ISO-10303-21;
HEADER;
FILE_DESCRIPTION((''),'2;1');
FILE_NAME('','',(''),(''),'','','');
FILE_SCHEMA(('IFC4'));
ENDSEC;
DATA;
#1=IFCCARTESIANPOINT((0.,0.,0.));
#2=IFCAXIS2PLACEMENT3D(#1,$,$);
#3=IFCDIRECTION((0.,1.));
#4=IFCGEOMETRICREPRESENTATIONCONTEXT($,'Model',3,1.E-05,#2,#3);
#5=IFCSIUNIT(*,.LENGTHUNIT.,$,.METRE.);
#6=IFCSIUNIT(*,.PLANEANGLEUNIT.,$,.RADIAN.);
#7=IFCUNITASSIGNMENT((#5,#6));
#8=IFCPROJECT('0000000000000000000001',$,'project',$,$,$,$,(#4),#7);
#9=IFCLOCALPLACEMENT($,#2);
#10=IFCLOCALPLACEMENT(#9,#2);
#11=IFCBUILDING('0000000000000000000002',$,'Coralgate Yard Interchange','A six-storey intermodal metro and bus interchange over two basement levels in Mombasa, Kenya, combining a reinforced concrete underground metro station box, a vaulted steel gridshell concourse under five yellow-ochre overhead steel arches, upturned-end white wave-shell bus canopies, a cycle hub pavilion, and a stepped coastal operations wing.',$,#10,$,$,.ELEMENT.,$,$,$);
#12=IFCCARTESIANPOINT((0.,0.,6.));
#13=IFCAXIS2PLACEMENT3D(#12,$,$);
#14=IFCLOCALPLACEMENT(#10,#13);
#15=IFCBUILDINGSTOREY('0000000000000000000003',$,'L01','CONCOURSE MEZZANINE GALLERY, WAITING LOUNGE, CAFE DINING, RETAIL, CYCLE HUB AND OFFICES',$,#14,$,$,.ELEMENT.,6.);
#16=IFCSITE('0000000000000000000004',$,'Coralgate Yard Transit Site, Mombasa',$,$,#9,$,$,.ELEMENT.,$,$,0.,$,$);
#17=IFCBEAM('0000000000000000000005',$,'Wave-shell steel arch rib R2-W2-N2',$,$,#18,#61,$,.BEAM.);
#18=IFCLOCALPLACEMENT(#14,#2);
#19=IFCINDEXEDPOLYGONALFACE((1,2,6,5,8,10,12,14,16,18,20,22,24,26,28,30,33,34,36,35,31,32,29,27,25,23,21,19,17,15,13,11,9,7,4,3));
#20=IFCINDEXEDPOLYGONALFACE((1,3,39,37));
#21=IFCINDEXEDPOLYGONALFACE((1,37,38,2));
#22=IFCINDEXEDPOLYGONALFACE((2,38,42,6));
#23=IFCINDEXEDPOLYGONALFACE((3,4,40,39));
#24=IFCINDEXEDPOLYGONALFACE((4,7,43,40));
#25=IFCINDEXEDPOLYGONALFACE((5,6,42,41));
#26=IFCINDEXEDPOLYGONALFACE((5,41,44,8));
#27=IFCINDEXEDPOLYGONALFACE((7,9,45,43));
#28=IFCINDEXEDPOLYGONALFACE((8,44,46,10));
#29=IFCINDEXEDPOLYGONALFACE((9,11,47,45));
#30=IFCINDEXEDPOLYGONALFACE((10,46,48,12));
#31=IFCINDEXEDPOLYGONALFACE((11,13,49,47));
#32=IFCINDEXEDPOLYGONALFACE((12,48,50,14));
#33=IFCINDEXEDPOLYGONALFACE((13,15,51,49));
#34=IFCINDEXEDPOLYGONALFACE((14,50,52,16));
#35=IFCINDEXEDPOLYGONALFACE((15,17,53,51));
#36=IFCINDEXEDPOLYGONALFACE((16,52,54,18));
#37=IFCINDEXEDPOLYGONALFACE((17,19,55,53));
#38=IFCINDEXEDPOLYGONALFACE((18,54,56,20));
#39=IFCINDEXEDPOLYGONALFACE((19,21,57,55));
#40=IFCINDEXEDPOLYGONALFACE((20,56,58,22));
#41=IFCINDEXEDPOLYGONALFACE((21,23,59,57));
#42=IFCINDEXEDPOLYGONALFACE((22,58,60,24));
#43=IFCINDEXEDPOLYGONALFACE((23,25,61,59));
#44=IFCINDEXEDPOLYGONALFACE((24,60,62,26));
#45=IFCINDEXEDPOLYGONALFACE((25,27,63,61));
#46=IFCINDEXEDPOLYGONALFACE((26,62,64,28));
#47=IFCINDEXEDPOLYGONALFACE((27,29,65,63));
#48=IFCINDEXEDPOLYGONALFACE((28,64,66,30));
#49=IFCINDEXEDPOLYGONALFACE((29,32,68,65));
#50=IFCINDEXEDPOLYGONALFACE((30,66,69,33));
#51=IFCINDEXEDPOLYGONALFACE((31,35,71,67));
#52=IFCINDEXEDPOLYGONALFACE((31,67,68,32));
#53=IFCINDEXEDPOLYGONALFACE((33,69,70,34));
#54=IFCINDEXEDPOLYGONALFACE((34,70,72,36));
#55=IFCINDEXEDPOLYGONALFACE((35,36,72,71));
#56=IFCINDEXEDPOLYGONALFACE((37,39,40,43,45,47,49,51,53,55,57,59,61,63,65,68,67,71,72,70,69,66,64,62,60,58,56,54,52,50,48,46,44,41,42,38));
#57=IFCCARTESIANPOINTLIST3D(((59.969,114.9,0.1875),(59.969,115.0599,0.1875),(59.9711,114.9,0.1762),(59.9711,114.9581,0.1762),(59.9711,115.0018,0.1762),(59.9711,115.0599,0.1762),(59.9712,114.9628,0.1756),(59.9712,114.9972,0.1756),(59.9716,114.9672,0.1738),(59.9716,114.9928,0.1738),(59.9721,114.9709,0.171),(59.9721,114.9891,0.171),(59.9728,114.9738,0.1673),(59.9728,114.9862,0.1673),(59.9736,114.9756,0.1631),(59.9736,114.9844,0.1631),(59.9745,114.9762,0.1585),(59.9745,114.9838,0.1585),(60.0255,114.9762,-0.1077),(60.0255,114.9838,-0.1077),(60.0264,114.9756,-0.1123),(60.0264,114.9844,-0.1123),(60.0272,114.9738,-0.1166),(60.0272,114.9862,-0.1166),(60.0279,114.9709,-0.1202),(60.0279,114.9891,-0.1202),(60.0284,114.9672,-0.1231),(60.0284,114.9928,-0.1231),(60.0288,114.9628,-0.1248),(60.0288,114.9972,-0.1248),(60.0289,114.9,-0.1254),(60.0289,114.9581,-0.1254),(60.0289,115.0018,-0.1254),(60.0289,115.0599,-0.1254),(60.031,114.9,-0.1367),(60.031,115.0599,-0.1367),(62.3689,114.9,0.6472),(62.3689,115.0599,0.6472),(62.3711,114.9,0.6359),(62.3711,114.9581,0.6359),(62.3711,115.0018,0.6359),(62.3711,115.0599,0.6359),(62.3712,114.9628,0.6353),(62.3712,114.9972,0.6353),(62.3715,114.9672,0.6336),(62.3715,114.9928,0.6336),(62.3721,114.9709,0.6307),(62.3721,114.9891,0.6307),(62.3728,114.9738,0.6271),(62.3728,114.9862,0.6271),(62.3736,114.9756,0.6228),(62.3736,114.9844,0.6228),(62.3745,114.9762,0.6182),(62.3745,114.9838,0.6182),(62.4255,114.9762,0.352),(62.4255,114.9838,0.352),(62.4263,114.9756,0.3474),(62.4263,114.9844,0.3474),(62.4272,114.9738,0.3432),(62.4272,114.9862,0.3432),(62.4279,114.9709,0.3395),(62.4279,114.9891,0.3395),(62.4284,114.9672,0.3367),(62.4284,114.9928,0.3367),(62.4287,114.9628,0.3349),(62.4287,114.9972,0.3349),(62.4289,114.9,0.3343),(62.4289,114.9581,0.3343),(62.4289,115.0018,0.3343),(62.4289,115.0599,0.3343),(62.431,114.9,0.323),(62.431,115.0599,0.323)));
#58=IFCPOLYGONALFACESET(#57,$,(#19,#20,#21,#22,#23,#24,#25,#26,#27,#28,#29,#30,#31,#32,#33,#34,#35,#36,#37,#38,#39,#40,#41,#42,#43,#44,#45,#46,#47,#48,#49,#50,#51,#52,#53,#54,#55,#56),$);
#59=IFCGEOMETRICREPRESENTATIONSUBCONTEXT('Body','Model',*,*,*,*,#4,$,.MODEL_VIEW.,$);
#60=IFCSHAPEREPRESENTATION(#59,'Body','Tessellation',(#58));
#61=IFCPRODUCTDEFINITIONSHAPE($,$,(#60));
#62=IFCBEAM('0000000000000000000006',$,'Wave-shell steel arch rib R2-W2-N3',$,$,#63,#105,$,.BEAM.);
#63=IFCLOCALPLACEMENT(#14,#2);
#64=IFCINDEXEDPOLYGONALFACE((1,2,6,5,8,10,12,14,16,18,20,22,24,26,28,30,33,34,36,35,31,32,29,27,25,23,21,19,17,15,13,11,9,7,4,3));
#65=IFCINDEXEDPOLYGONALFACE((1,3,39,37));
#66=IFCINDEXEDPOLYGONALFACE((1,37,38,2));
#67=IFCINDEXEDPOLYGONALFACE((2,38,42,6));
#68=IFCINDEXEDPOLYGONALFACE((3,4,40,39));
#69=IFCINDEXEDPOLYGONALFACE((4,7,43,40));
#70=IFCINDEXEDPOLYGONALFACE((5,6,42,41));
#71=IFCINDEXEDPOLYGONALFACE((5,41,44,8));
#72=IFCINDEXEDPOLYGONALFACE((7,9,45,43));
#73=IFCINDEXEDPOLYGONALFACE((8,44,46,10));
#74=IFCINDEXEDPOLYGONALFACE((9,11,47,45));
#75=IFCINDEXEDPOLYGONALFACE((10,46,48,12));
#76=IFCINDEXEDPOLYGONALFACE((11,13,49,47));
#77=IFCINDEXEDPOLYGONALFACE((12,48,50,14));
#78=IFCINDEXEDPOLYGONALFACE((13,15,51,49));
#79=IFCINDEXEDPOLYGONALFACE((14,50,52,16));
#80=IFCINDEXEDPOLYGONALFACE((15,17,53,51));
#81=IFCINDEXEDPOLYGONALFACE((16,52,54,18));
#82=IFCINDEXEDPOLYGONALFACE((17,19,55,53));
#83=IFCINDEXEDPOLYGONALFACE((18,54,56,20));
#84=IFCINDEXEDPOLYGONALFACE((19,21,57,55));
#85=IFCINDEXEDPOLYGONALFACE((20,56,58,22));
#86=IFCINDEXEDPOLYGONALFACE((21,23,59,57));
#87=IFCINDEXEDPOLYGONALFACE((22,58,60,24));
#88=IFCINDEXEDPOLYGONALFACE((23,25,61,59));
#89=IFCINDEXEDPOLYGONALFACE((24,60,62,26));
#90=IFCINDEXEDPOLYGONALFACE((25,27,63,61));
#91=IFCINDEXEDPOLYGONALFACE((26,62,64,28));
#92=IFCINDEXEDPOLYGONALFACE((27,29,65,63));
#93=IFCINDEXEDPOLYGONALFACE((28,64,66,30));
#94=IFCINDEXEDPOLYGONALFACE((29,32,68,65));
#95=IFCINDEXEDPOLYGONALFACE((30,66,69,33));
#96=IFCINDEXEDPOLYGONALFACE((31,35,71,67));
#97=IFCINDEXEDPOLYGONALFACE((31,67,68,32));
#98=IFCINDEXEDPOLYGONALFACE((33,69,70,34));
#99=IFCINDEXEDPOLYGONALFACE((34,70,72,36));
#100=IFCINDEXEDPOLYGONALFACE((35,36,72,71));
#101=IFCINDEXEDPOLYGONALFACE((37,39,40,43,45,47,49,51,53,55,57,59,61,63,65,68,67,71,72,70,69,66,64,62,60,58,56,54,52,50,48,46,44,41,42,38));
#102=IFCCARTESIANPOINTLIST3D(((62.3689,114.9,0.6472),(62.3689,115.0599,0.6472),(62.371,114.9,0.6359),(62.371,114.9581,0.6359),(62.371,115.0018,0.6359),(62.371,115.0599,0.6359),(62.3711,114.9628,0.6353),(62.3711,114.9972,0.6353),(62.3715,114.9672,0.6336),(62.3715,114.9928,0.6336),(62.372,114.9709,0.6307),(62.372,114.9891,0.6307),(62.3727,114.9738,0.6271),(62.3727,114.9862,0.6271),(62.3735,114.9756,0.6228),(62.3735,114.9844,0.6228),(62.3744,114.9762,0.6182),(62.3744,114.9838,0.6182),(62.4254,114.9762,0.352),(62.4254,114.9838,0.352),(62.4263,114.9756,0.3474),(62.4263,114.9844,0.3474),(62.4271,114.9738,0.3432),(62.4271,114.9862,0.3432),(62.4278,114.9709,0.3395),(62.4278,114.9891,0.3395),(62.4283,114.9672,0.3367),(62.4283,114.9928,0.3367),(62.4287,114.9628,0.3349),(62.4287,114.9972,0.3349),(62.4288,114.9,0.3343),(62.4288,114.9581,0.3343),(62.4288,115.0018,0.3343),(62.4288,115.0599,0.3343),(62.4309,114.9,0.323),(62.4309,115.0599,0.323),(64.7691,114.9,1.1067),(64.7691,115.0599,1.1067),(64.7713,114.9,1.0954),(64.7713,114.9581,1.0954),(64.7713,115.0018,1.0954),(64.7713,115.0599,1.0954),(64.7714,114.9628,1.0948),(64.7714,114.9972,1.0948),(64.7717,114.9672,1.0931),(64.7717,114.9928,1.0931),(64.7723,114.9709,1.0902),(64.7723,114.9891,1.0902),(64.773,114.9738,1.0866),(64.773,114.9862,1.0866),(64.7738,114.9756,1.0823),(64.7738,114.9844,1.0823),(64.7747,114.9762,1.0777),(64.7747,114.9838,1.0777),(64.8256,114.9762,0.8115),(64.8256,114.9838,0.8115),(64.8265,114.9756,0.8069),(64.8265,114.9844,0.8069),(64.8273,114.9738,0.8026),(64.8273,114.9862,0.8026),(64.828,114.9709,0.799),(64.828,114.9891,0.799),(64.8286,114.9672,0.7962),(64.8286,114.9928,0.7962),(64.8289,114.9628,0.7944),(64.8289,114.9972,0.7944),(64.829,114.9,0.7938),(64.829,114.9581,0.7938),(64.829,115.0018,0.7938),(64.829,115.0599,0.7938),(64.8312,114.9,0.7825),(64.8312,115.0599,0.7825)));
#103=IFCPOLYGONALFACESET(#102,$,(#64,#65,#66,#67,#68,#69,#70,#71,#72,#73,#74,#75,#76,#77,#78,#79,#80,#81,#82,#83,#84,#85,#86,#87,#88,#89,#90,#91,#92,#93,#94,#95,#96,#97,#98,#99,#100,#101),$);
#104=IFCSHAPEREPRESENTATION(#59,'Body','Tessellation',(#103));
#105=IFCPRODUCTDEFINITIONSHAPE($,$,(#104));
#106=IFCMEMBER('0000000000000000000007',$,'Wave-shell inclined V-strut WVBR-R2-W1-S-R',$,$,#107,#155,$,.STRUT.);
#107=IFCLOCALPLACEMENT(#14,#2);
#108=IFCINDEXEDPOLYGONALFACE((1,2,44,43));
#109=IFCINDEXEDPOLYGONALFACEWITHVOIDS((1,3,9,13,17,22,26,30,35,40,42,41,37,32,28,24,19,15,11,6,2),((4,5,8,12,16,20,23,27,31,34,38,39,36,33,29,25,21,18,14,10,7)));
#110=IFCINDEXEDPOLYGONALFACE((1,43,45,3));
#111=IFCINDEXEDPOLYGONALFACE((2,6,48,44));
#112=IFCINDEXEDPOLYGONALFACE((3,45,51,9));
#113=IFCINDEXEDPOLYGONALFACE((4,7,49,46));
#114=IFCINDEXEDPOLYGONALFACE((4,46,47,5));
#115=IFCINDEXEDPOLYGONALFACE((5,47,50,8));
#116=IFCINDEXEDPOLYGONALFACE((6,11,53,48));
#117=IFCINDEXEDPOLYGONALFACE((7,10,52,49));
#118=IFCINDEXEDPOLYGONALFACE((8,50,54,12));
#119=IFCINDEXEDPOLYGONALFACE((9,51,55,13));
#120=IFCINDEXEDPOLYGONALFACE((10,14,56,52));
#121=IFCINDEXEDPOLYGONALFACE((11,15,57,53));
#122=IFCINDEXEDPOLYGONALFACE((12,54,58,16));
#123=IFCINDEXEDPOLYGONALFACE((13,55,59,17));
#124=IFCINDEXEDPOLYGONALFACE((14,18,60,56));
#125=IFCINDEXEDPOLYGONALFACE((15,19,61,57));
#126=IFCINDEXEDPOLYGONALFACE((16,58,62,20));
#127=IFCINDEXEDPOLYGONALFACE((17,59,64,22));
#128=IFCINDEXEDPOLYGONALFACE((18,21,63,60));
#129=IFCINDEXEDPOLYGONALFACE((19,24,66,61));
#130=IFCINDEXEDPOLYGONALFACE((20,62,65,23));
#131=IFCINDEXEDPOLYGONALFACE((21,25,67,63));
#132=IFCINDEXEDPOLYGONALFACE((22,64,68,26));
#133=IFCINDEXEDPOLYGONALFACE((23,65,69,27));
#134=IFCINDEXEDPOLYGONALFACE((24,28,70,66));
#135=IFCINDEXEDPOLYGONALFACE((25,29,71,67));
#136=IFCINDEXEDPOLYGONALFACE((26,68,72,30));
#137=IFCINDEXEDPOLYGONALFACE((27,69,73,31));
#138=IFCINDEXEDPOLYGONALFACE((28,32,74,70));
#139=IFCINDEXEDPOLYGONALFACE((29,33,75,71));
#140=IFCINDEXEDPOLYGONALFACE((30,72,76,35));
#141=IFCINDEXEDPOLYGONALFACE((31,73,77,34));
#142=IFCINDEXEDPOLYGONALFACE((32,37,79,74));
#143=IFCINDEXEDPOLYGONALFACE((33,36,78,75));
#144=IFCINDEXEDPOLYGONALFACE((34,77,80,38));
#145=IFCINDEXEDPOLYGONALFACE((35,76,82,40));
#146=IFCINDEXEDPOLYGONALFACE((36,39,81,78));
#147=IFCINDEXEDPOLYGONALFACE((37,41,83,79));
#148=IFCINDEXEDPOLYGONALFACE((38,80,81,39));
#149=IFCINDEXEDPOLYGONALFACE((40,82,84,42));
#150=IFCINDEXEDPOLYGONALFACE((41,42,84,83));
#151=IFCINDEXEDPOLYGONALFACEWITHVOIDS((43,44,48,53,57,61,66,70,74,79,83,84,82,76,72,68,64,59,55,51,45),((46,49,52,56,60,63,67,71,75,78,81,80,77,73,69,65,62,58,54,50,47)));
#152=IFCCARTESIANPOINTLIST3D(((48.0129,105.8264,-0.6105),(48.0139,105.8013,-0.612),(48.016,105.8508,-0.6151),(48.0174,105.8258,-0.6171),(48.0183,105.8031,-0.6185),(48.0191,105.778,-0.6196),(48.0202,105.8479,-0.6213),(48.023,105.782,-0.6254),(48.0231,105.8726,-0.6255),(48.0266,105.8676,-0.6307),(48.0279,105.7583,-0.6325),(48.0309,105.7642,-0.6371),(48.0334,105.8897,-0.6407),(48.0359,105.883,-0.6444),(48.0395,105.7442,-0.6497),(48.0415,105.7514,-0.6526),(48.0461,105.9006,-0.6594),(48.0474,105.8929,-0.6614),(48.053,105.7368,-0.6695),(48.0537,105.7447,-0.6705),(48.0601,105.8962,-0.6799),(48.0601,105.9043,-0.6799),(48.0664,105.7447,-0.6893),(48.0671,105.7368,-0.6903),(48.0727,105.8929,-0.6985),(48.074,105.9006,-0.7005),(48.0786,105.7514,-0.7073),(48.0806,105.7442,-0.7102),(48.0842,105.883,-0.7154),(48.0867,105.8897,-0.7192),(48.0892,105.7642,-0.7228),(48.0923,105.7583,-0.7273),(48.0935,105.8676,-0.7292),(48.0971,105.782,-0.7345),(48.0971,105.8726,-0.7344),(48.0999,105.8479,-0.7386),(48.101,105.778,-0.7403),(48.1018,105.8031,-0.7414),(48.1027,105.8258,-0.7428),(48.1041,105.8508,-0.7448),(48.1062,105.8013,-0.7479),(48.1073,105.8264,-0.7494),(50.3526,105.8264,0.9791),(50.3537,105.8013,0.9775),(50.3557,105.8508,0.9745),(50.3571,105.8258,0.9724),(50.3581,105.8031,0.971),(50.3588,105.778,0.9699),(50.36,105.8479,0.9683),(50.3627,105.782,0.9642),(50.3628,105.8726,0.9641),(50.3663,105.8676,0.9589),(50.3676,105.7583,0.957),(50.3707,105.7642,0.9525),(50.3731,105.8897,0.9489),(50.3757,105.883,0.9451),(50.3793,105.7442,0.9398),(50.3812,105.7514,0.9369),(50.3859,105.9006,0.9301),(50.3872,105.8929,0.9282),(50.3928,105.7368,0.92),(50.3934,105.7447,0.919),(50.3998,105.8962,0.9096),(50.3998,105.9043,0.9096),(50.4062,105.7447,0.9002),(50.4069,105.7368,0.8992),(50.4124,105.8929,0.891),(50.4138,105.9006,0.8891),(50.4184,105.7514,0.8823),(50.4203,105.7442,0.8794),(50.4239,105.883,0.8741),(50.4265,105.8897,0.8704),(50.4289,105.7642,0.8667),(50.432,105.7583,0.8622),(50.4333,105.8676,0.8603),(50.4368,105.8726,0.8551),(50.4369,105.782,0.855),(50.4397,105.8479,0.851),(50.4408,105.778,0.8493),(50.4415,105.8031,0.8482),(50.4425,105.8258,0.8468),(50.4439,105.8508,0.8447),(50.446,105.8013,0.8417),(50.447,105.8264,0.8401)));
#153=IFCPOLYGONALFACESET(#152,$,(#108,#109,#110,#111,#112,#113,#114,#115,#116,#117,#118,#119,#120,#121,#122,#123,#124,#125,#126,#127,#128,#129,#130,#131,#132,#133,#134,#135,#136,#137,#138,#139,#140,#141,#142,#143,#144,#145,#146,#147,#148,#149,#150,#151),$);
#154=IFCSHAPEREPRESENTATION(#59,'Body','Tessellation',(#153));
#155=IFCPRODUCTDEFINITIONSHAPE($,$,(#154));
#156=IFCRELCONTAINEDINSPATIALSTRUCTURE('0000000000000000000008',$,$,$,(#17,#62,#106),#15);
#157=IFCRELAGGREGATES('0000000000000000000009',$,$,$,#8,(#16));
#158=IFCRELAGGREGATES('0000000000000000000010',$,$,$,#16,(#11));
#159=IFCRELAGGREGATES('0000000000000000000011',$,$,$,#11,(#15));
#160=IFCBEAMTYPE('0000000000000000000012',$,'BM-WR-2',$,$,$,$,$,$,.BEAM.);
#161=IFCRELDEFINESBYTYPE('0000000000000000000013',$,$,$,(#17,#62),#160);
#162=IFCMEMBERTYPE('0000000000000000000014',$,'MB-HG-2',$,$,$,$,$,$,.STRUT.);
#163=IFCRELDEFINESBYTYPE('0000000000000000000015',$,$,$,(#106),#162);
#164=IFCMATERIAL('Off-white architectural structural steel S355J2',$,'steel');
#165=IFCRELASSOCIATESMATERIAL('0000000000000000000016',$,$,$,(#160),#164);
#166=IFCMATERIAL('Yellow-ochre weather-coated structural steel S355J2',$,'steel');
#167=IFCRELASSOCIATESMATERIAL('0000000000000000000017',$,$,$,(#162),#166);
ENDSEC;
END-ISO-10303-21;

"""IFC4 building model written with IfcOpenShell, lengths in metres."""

from ifc_helpers import new_model, si_unit, direction, frame, origin, origin_2d, place, context, subcontext, project, spatial, hollow_circle, i_section, extrude, material, material_profile, profile_set, type_object, element, save


model = new_model("IFC4")

# Units and contexts
model_context = context("Model", 3, precision=1e-05, world=origin(), true_north=direction((0.0, 1.0)))
body_context = subcontext(model_context, "Body", "Model", "MODEL_VIEW")
ifc_project = project(units=[si_unit("LENGTHUNIT", "METRE"), si_unit("PLANEANGLEUNIT", "RADIAN")], contexts=[model_context])

# Site, building, storey
site_placement = place(None, origin())
site = spatial("IfcSite", under=ifc_project, at=site_placement, Name="Coralgate Yard Transit Site, Mombasa", CompositionType="ELEMENT", RefElevation=0.0)
building_placement = place(site_placement, origin())
building = spatial("IfcBuilding", under=site, at=building_placement, Name="Coralgate Yard Interchange", Description="A six-storey intermodal metro and bus interchange over two basement levels in Mombasa, Kenya, combining a reinforced concrete underground metro station box, a vaulted steel gridshell concourse under five yellow-ochre overhead steel arches, upturned-end white wave-shell bus canopies, a cycle hub pavilion, and a stepped coastal operations wing.", CompositionType="ELEMENT")
storey_placement = place(building_placement, frame((0.0, 0.0, 6.0)))
storey = spatial("IfcBuildingStorey", under=building, at=storey_placement, Name="L01", Description="CONCOURSE MEZZANINE GALLERY, WAITING LOUNGE, CAFE DINING, RETAIL, CYCLE HUB AND OFFICES", CompositionType="ELEMENT", Elevation=6.0)

# Beams
ifc_material_1 = material(Name="Off-white architectural structural steel S355J2", Category="steel")
ifc_material_profile_1 = material_profile(ifc_material_1, i_section(OverallWidth=0.1599, OverallDepth=0.3301, WebThickness=0.0076, FlangeThickness=0.0115, FilletRadius=0.0181, at=origin_2d()), Name="IPE 330")
ifc_profile_set_1 = profile_set([ifc_material_profile_1], Name="Off-white architectural structural steel S355J2")
beam_type_1 = type_object("IfcBeamType", Name="BM-WR-2", PredefinedType="BEAM", material=ifc_profile_set_1)
beam_1_placement = place(storey_placement, frame((60.0, 114.98, 0.0254), z_axis=(0.982143, 0.0, 0.188136), x_axis=(0.0, 1.0, 0.0)))
element("IfcBeam", 1, at=beam_1_placement, inside=storey, type_object=beam_type_1, Name="Wave-shell steel arch rib R2-W2-N2", PredefinedType="BEAM", context=body_context, shape_type="SweptSolid", body=[
    extrude(i_section(OverallWidth=0.1599, OverallDepth=0.3301, WebThickness=0.0076, FlangeThickness=0.0115, FilletRadius=0.0181, at=origin_2d()), origin(), (0.0, 0.0, 1.0), 2.4436),
])
beam_2_placement = place(storey_placement, frame((62.3999, 114.98, 0.4851), z_axis=(0.982165, 0.0, 0.188021), x_axis=(0.0, 1.0, 0.0)))
element("IfcBeam", 2, at=beam_2_placement, inside=storey, type_object=beam_type_1, Name="Wave-shell steel arch rib R2-W2-N3", PredefinedType="BEAM", context=body_context, shape_type="SweptSolid", body=[
    extrude(i_section(OverallWidth=0.1599, OverallDepth=0.3301, WebThickness=0.0076, FlangeThickness=0.0115, FilletRadius=0.0181, at=origin_2d()), origin(), (0.0, 0.0, 1.0), 2.4438),
])

# Member
ifc_material_2 = material(Name="Yellow-ochre weather-coated structural steel S355J2", Category="steel")
ifc_material_profile_2 = material_profile(ifc_material_2, hollow_circle(Radius=0.0842, WallThickness=0.0081, at=origin_2d()), Name="CHS 168.3x8")
ifc_profile_set_2 = profile_set([ifc_material_profile_2], Name="Yellow-ochre weather-coated structural steel S355J2")
member_type_1 = type_object("IfcMemberType", Name="MB-HG-2", PredefinedType="STRUT", material=ifc_profile_set_2)
member_1_placement = place(storey_placement, frame((48.0601, 105.8201, -0.6799), z_axis=(0.827172, 0.0, 0.561949), x_axis=(0.0, 1.0, 0.0)))
element("IfcMember", 3, at=member_1_placement, inside=storey, type_object=member_type_1, Name="Wave-shell inclined V-strut WVBR-R2-W1-S-R", PredefinedType="STRUT", context=body_context, shape_type="SweptSolid", body=[
    extrude(hollow_circle(Radius=0.0842, WallThickness=0.0081, at=origin_2d()), origin(), (0.0, 0.0, 1.0), 2.8286),
])

save(model, "model.ifc")
